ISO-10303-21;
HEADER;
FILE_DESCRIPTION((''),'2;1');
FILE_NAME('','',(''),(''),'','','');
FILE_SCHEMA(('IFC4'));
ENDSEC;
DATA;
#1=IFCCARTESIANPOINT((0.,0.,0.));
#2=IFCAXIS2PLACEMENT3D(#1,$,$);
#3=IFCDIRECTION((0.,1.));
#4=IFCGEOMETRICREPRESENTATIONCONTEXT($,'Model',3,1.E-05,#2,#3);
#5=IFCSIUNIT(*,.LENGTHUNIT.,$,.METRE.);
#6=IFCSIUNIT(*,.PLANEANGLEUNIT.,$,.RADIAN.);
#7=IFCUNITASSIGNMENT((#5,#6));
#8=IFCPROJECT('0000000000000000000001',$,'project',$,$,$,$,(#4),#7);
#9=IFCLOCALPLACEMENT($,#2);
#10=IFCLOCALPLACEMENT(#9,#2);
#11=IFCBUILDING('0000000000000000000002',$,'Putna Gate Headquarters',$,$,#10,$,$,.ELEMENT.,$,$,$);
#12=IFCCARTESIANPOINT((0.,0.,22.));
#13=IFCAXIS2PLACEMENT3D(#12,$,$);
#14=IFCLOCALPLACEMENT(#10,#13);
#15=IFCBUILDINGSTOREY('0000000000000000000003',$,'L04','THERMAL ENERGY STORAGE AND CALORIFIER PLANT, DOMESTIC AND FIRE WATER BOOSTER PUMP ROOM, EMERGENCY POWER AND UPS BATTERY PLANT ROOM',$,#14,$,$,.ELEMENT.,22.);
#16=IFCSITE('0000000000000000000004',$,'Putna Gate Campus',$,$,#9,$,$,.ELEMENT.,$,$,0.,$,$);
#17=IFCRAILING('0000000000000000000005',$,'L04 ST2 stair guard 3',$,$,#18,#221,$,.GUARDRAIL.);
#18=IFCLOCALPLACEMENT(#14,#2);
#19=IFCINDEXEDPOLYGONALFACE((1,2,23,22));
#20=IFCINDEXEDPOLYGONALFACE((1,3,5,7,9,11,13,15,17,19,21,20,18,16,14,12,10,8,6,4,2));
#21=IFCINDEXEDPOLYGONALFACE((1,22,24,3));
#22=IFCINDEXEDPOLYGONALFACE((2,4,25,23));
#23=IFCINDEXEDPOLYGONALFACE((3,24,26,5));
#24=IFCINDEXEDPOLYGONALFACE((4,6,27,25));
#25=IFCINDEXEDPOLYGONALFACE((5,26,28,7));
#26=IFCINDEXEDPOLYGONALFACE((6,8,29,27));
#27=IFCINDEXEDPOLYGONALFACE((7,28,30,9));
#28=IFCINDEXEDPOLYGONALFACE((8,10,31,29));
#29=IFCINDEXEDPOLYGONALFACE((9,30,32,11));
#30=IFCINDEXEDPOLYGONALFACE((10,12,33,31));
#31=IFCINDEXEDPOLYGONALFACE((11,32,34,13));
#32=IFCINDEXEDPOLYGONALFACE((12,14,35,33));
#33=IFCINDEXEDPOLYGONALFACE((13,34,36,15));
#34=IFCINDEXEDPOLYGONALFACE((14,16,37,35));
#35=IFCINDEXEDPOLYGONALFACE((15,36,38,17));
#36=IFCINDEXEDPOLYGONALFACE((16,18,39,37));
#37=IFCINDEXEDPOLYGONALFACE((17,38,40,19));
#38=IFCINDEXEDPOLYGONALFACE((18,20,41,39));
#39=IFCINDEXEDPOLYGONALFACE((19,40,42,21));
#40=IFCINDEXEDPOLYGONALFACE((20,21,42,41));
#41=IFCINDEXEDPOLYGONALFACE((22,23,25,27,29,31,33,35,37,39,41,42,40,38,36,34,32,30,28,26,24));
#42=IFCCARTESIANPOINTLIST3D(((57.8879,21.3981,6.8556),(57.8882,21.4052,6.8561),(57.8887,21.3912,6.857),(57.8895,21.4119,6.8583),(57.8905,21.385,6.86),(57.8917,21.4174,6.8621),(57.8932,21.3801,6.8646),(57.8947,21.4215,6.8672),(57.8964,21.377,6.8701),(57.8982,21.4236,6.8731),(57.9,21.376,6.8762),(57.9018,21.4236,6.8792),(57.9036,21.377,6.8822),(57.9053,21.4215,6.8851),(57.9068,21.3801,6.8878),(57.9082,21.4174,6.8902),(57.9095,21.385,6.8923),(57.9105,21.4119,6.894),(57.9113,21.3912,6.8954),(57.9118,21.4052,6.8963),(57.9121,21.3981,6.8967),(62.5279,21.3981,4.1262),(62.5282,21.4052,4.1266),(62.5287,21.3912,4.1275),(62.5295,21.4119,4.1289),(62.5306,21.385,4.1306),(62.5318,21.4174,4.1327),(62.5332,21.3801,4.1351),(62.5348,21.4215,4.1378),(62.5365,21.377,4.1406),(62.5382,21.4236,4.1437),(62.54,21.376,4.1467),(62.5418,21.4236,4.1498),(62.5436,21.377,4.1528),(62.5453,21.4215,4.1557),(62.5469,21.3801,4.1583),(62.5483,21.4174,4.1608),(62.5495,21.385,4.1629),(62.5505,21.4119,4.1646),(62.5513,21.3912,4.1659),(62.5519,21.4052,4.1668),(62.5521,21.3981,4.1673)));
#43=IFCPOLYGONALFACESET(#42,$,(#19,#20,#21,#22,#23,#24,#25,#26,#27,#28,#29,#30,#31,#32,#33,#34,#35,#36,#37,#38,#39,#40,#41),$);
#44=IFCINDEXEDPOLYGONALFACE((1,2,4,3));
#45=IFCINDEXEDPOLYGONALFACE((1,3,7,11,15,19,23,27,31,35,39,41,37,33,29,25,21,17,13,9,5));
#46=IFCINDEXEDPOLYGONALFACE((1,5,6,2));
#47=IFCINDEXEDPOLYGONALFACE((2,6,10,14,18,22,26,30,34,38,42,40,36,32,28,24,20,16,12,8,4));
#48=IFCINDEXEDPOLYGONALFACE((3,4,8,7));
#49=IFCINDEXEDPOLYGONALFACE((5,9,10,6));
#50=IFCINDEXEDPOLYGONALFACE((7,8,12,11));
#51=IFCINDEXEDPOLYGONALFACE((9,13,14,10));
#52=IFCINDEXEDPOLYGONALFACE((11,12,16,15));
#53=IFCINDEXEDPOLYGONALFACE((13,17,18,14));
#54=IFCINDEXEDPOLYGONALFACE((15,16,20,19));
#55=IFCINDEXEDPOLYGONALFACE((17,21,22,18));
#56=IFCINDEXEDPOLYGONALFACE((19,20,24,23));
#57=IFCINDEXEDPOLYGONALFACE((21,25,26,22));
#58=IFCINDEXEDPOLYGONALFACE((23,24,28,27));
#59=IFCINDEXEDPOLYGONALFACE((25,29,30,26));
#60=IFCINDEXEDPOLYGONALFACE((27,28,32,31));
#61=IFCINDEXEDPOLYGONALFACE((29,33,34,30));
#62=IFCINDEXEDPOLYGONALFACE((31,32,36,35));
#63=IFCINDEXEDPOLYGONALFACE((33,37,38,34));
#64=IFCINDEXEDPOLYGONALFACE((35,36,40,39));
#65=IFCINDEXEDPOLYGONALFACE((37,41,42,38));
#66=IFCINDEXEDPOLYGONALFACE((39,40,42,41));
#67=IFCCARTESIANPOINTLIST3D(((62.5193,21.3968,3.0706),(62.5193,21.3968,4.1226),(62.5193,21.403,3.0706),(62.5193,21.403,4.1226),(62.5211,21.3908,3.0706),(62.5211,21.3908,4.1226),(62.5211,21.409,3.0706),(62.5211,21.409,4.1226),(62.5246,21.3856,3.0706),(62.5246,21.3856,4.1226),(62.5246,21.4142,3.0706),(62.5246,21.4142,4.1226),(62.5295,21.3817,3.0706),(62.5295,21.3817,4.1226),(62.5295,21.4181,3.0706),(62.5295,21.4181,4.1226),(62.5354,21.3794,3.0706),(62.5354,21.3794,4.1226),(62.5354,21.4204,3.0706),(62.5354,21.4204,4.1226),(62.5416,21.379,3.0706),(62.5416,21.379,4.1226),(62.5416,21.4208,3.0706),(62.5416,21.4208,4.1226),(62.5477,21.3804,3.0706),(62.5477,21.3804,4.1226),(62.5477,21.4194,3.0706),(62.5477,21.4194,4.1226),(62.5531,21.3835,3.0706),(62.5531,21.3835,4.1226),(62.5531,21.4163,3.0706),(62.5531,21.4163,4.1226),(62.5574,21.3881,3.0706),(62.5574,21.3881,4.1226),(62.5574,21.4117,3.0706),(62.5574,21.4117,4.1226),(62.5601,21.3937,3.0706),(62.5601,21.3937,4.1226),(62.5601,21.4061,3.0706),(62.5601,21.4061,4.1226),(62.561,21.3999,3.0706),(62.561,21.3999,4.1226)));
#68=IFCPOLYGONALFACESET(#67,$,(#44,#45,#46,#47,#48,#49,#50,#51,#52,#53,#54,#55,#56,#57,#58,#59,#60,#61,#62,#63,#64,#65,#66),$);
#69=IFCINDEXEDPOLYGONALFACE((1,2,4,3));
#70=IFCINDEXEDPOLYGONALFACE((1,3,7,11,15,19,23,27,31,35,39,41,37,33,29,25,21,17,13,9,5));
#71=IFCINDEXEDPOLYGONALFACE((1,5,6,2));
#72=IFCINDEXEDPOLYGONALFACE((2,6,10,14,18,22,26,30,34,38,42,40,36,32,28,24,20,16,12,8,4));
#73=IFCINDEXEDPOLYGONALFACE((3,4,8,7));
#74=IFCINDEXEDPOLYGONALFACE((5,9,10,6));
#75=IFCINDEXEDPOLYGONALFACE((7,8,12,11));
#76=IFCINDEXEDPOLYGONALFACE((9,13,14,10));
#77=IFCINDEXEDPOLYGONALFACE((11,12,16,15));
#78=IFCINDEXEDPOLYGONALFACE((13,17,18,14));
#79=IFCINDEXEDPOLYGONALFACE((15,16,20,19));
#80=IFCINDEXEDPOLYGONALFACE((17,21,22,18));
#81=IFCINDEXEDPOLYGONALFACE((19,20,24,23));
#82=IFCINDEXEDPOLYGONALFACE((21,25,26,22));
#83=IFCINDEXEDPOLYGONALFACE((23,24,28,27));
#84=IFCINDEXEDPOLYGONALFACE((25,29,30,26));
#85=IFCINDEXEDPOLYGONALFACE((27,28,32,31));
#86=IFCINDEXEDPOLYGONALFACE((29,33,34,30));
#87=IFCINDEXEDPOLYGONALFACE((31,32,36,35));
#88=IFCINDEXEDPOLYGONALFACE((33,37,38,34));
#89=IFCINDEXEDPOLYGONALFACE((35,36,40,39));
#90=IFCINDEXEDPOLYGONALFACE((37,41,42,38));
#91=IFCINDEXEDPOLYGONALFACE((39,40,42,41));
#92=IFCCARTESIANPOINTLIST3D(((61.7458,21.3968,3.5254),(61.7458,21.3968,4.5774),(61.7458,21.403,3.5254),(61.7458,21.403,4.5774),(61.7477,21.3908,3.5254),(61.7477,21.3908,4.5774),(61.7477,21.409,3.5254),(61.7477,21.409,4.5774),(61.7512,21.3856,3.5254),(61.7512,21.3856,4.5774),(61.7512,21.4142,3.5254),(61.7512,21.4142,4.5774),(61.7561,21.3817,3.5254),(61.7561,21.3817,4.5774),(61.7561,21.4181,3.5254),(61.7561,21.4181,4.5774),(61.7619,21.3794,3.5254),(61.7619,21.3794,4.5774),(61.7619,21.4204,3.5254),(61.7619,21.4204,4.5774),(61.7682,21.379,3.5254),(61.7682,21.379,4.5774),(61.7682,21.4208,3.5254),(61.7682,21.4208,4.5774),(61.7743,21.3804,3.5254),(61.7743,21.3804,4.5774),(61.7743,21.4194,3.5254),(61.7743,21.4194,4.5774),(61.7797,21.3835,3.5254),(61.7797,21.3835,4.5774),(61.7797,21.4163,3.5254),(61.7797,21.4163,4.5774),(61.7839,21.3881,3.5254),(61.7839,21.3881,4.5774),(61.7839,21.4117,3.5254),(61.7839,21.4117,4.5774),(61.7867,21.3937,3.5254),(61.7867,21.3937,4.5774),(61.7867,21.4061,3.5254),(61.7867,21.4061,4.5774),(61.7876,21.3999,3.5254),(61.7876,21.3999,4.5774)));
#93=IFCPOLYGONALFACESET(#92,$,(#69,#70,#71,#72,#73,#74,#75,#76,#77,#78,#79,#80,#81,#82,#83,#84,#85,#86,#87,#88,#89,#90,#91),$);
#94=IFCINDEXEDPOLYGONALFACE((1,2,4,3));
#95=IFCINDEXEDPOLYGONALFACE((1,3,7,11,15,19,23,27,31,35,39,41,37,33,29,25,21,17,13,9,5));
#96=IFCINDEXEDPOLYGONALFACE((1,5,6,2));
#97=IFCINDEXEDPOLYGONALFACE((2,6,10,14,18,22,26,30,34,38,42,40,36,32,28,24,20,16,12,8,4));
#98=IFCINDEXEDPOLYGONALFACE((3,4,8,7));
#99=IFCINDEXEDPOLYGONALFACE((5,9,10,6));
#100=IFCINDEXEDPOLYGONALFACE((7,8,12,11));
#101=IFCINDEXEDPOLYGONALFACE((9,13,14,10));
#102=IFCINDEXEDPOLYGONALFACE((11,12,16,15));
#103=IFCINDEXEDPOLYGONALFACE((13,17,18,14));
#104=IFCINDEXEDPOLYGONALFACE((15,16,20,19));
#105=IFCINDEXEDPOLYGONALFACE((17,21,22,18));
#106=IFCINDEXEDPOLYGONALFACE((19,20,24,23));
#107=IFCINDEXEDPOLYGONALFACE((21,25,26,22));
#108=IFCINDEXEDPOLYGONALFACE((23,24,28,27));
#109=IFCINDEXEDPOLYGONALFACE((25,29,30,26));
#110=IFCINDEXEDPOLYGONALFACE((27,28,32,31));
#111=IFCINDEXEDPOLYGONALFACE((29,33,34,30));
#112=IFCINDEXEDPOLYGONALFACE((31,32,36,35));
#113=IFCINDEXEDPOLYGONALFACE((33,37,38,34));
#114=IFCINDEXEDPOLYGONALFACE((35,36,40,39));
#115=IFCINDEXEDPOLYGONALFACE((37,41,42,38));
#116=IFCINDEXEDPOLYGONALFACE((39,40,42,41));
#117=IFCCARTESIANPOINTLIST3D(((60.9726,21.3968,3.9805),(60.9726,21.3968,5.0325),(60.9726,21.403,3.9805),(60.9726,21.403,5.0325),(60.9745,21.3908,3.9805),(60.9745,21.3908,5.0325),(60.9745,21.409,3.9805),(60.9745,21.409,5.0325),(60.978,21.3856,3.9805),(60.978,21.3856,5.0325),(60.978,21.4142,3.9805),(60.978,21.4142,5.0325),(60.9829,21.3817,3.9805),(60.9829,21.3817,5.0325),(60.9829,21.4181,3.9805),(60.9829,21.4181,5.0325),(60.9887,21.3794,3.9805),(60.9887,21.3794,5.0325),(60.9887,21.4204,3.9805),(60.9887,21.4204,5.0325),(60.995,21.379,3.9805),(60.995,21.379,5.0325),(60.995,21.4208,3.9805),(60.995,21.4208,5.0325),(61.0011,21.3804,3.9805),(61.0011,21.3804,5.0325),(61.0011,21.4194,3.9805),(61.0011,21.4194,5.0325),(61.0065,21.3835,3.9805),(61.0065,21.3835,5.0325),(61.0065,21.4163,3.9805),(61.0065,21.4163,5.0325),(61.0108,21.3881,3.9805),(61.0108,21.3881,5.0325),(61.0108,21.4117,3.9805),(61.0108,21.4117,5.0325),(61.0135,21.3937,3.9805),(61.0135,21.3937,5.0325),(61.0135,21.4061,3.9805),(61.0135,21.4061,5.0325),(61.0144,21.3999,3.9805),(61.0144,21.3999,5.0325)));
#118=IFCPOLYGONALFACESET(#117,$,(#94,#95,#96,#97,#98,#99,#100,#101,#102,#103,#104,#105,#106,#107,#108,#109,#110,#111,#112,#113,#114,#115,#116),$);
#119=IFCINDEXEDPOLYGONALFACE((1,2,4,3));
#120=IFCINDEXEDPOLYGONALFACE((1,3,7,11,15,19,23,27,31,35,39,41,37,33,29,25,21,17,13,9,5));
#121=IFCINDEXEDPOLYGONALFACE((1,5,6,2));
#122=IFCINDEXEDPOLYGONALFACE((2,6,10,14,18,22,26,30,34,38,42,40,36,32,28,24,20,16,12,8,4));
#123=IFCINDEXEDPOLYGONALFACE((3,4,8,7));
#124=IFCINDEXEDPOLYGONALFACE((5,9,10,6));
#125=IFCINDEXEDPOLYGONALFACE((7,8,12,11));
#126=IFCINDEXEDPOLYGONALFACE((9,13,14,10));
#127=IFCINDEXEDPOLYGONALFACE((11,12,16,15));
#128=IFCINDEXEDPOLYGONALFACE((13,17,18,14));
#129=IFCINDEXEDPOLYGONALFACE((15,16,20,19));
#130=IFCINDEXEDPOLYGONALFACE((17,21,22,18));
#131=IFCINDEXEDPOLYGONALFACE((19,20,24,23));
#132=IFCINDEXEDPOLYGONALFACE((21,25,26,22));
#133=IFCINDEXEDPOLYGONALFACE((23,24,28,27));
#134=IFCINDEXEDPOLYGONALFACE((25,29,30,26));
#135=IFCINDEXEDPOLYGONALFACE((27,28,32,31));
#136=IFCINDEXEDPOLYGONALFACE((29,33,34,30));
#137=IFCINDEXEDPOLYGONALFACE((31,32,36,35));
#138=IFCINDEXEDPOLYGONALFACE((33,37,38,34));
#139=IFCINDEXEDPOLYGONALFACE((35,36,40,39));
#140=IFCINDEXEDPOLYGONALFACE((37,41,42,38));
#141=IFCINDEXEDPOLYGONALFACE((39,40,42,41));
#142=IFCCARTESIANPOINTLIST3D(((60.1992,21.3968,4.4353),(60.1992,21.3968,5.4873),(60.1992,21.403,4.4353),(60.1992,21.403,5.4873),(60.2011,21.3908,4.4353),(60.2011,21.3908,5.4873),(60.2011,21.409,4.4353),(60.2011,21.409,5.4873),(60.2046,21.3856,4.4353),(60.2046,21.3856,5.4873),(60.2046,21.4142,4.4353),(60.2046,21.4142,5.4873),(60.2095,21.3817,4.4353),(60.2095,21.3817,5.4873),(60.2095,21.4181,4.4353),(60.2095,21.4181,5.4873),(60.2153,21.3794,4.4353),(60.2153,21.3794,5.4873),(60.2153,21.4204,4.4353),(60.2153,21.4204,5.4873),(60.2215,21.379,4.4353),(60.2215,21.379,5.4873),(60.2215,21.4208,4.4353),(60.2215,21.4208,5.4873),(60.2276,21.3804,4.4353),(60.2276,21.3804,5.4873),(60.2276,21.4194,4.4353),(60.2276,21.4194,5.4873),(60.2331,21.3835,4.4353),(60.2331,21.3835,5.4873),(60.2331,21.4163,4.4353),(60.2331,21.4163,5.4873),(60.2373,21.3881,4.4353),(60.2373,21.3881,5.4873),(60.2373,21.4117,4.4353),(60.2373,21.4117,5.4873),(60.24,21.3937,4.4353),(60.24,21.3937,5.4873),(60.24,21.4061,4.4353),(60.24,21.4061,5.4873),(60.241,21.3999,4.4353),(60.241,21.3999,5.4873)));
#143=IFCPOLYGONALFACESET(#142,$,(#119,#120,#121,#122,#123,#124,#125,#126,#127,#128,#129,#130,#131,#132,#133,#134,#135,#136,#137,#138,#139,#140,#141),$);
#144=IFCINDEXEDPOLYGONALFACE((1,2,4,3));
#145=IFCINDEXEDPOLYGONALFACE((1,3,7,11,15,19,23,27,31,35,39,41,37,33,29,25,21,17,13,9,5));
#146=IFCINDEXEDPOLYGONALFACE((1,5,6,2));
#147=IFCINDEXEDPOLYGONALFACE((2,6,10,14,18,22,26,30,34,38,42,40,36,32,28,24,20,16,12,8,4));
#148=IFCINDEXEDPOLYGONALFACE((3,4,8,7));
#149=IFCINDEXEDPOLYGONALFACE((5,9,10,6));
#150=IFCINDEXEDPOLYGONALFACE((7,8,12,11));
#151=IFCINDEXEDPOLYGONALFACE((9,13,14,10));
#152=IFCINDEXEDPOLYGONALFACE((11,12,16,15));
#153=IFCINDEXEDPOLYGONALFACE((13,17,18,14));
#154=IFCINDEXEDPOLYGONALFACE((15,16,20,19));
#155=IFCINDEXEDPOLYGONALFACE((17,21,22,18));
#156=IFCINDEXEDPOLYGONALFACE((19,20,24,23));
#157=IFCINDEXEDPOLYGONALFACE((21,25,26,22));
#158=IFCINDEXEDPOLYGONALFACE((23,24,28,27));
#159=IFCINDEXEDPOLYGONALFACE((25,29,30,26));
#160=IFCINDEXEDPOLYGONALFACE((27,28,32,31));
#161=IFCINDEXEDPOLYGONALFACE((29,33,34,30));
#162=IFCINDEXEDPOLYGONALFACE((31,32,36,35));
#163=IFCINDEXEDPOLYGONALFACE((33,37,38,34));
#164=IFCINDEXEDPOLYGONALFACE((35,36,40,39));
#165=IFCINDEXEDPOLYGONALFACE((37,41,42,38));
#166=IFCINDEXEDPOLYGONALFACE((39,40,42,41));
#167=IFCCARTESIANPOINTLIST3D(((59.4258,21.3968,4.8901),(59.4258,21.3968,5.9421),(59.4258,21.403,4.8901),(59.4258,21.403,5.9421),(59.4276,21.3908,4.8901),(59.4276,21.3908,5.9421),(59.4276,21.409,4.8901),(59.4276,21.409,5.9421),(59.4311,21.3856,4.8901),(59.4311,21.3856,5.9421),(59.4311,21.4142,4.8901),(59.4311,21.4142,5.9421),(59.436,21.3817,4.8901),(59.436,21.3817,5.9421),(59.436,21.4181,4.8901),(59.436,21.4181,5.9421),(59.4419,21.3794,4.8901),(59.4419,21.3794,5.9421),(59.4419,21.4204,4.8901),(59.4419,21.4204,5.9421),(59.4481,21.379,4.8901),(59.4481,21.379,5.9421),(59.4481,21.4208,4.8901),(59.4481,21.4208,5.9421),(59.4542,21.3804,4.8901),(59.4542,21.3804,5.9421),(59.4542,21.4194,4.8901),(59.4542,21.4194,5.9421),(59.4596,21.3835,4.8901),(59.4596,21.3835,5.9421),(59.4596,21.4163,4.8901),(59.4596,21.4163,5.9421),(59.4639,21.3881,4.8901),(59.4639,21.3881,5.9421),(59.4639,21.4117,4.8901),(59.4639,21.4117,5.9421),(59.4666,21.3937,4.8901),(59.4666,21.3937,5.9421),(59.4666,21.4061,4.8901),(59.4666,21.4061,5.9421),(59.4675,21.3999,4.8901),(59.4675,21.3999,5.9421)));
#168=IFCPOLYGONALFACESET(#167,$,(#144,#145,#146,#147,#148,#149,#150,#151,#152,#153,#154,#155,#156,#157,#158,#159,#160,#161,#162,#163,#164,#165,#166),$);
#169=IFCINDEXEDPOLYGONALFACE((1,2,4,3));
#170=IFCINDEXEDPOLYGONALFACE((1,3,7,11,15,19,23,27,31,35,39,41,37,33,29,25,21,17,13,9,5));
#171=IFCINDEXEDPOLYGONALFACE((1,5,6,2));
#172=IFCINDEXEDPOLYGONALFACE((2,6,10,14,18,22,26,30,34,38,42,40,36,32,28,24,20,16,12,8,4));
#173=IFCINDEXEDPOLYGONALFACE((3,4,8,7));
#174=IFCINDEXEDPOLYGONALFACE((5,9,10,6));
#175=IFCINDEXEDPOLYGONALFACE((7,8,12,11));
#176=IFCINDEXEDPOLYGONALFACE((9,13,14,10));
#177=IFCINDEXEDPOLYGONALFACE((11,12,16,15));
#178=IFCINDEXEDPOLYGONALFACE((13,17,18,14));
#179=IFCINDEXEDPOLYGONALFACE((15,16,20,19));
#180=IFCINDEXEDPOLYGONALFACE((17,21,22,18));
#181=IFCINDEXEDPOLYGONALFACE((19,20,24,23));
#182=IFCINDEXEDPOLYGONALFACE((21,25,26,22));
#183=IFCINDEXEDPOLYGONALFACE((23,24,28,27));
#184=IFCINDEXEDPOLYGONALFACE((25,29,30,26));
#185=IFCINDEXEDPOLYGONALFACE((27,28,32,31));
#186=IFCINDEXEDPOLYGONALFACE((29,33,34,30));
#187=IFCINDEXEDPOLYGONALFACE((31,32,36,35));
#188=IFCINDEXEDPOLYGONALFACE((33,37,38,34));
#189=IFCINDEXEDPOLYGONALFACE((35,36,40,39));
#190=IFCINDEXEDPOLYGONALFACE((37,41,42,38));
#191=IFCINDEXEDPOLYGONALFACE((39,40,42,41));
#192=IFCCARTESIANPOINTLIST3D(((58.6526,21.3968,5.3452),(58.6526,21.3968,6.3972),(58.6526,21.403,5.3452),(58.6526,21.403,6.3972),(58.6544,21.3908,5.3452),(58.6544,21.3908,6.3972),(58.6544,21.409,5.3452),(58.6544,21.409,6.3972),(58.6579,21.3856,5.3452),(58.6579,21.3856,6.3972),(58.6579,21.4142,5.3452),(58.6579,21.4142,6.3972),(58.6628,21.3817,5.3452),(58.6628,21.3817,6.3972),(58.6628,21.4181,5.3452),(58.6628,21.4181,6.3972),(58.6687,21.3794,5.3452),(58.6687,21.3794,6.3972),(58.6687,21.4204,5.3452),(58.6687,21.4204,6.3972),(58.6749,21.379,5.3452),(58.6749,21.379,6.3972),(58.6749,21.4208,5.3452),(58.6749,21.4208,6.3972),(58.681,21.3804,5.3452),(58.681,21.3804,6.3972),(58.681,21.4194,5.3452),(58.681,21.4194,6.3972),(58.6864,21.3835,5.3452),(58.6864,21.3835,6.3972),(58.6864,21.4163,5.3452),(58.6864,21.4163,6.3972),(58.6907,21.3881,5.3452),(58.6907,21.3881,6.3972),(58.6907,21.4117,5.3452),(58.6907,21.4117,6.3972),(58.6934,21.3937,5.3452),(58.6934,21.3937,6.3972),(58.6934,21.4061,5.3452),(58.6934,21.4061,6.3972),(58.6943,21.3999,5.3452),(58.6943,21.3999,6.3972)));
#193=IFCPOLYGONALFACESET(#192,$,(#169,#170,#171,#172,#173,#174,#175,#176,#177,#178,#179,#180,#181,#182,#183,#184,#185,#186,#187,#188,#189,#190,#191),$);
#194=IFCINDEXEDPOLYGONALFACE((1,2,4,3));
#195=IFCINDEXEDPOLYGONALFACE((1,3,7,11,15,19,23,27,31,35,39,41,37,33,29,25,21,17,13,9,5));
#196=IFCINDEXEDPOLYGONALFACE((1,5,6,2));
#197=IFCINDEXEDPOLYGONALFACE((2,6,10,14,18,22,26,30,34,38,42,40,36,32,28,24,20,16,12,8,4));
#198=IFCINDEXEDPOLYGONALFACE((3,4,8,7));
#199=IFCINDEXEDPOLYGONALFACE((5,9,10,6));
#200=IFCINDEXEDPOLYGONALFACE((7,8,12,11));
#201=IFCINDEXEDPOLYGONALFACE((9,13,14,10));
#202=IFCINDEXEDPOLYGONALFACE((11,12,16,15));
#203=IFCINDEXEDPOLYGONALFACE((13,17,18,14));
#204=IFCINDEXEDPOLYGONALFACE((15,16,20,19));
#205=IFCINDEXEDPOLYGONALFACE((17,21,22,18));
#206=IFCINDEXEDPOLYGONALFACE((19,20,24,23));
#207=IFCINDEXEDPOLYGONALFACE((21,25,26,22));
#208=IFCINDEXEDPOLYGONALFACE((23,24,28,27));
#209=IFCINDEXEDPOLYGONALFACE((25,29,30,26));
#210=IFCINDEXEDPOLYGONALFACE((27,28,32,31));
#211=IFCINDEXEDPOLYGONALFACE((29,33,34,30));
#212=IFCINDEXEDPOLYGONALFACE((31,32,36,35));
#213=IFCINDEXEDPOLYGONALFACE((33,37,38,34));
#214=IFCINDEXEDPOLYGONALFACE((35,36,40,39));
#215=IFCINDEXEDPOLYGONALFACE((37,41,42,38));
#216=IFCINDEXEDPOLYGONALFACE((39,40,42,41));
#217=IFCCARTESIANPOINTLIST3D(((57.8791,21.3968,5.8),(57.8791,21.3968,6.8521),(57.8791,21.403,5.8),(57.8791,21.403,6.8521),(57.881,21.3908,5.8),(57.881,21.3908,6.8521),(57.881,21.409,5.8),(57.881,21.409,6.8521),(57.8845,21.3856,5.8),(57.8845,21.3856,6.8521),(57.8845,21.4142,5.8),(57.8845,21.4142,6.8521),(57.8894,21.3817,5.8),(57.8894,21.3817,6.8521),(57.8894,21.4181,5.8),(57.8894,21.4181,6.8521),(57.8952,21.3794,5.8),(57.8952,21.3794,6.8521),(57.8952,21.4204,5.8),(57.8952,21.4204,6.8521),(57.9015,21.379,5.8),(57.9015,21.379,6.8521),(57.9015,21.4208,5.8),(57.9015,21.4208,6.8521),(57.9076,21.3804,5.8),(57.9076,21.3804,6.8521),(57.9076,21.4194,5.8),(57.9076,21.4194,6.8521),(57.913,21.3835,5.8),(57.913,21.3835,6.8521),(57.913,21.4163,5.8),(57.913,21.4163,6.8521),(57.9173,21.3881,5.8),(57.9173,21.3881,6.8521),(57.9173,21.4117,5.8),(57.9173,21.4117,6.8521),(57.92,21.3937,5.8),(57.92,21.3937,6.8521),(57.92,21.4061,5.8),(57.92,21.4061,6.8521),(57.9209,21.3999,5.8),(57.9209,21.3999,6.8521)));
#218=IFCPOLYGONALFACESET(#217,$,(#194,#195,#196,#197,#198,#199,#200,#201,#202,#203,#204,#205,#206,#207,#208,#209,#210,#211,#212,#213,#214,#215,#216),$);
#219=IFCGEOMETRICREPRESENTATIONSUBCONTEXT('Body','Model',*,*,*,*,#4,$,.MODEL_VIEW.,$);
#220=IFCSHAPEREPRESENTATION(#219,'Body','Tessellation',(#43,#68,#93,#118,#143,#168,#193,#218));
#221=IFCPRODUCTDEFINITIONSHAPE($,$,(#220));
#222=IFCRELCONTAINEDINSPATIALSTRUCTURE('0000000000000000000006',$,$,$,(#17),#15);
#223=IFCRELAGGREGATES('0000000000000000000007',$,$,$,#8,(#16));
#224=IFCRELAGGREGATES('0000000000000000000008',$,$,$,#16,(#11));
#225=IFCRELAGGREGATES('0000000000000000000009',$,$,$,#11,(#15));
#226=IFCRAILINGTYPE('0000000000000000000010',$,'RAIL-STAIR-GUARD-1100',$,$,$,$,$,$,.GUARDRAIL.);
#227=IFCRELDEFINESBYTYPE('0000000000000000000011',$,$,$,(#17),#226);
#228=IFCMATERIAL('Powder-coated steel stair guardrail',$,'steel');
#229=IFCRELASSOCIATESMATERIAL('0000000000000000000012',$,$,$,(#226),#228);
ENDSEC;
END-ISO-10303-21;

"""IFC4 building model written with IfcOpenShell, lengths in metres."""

from ifc_helpers import new_model, si_unit, direction, frame, origin, origin_2d, place, context, subcontext, project, spatial, circle, extrude, material, type_object, element, save


model = new_model("IFC4")

# Units and contexts
model_context = context("Model", 3, precision=1e-05, world=origin(), true_north=direction((0.0, 1.0)))
body_context = subcontext(model_context, "Body", "Model", "MODEL_VIEW")
ifc_project = project(units=[si_unit("LENGTHUNIT", "METRE"), si_unit("PLANEANGLEUNIT", "RADIAN")], contexts=[model_context])

# Site, building, storey
site_placement = place(None, origin())
site = spatial("IfcSite", under=ifc_project, at=site_placement, Name="Putna Gate Campus", CompositionType="ELEMENT", RefElevation=0.0)
building_placement = place(site_placement, origin())
building = spatial("IfcBuilding", under=site, at=building_placement, Name="Putna Gate Headquarters", CompositionType="ELEMENT")
storey_placement = place(building_placement, frame((0.0, 0.0, 22.0)))
storey = spatial("IfcBuildingStorey", under=building, at=storey_placement, Name="L04", Description="THERMAL ENERGY STORAGE AND CALORIFIER PLANT, DOMESTIC AND FIRE WATER BOOSTER PUMP ROOM, EMERGENCY POWER AND UPS BATTERY PLANT ROOM", CompositionType="ELEMENT", Elevation=22.0)

# Railing
ifc_material_1 = material(Name="Powder-coated steel stair guardrail", Category="steel")
railing_type_1 = type_object("IfcRailingType", Name="RAIL-STAIR-GUARD-1100", PredefinedType="GUARDRAIL", material=ifc_material_1)
railing_1_placement = place(storey_placement, frame((62.54, 21.3999, 3.0706)))
element("IfcRailing", 1, at=railing_1_placement, inside=storey, type_object=railing_type_1, Name="L04 ST2 stair guard 3", PredefinedType="GUARDRAIL", context=body_context, shape_type="SweptSolid", body=[
    extrude(circle(Radius=0.0239, at=origin_2d()), frame((0.0, 0.0, 1.0762), z_axis=(-0.861934, 0.0, 0.50702), x_axis=(0.0, -1.0, 0.0)), (0.0, 0.0, 1.0), 5.3833),
    extrude(circle(Radius=0.021, at=origin_2d()), origin(), (0.0, 0.0, 1.0), 1.052),
    extrude(circle(Radius=0.021, at=origin_2d()), frame((-0.7734, 0.0, 0.4548)), (0.0, 0.0, 1.0), 1.052),
    extrude(circle(Radius=0.021, at=origin_2d()), frame((-1.5466, 0.0, 0.9099)), (0.0, 0.0, 1.0), 1.052),
    extrude(circle(Radius=0.021, at=origin_2d()), frame((-2.3201, 0.0, 1.3647)), (0.0, 0.0, 1.0), 1.052),
    extrude(circle(Radius=0.021, at=origin_2d()), frame((-3.0935, 0.0, 1.8196)), (0.0, 0.0, 1.0), 1.052),
    extrude(circle(Radius=0.021, at=origin_2d()), frame((-3.8667, 0.0, 2.2747)), (0.0, 0.0, 1.0), 1.052),
    extrude(circle(Radius=0.021, at=origin_2d()), frame((-4.6401, 0.0, 2.7295)), (0.0, 0.0, 1.0), 1.052),
])

save(model, "model.ifc")
